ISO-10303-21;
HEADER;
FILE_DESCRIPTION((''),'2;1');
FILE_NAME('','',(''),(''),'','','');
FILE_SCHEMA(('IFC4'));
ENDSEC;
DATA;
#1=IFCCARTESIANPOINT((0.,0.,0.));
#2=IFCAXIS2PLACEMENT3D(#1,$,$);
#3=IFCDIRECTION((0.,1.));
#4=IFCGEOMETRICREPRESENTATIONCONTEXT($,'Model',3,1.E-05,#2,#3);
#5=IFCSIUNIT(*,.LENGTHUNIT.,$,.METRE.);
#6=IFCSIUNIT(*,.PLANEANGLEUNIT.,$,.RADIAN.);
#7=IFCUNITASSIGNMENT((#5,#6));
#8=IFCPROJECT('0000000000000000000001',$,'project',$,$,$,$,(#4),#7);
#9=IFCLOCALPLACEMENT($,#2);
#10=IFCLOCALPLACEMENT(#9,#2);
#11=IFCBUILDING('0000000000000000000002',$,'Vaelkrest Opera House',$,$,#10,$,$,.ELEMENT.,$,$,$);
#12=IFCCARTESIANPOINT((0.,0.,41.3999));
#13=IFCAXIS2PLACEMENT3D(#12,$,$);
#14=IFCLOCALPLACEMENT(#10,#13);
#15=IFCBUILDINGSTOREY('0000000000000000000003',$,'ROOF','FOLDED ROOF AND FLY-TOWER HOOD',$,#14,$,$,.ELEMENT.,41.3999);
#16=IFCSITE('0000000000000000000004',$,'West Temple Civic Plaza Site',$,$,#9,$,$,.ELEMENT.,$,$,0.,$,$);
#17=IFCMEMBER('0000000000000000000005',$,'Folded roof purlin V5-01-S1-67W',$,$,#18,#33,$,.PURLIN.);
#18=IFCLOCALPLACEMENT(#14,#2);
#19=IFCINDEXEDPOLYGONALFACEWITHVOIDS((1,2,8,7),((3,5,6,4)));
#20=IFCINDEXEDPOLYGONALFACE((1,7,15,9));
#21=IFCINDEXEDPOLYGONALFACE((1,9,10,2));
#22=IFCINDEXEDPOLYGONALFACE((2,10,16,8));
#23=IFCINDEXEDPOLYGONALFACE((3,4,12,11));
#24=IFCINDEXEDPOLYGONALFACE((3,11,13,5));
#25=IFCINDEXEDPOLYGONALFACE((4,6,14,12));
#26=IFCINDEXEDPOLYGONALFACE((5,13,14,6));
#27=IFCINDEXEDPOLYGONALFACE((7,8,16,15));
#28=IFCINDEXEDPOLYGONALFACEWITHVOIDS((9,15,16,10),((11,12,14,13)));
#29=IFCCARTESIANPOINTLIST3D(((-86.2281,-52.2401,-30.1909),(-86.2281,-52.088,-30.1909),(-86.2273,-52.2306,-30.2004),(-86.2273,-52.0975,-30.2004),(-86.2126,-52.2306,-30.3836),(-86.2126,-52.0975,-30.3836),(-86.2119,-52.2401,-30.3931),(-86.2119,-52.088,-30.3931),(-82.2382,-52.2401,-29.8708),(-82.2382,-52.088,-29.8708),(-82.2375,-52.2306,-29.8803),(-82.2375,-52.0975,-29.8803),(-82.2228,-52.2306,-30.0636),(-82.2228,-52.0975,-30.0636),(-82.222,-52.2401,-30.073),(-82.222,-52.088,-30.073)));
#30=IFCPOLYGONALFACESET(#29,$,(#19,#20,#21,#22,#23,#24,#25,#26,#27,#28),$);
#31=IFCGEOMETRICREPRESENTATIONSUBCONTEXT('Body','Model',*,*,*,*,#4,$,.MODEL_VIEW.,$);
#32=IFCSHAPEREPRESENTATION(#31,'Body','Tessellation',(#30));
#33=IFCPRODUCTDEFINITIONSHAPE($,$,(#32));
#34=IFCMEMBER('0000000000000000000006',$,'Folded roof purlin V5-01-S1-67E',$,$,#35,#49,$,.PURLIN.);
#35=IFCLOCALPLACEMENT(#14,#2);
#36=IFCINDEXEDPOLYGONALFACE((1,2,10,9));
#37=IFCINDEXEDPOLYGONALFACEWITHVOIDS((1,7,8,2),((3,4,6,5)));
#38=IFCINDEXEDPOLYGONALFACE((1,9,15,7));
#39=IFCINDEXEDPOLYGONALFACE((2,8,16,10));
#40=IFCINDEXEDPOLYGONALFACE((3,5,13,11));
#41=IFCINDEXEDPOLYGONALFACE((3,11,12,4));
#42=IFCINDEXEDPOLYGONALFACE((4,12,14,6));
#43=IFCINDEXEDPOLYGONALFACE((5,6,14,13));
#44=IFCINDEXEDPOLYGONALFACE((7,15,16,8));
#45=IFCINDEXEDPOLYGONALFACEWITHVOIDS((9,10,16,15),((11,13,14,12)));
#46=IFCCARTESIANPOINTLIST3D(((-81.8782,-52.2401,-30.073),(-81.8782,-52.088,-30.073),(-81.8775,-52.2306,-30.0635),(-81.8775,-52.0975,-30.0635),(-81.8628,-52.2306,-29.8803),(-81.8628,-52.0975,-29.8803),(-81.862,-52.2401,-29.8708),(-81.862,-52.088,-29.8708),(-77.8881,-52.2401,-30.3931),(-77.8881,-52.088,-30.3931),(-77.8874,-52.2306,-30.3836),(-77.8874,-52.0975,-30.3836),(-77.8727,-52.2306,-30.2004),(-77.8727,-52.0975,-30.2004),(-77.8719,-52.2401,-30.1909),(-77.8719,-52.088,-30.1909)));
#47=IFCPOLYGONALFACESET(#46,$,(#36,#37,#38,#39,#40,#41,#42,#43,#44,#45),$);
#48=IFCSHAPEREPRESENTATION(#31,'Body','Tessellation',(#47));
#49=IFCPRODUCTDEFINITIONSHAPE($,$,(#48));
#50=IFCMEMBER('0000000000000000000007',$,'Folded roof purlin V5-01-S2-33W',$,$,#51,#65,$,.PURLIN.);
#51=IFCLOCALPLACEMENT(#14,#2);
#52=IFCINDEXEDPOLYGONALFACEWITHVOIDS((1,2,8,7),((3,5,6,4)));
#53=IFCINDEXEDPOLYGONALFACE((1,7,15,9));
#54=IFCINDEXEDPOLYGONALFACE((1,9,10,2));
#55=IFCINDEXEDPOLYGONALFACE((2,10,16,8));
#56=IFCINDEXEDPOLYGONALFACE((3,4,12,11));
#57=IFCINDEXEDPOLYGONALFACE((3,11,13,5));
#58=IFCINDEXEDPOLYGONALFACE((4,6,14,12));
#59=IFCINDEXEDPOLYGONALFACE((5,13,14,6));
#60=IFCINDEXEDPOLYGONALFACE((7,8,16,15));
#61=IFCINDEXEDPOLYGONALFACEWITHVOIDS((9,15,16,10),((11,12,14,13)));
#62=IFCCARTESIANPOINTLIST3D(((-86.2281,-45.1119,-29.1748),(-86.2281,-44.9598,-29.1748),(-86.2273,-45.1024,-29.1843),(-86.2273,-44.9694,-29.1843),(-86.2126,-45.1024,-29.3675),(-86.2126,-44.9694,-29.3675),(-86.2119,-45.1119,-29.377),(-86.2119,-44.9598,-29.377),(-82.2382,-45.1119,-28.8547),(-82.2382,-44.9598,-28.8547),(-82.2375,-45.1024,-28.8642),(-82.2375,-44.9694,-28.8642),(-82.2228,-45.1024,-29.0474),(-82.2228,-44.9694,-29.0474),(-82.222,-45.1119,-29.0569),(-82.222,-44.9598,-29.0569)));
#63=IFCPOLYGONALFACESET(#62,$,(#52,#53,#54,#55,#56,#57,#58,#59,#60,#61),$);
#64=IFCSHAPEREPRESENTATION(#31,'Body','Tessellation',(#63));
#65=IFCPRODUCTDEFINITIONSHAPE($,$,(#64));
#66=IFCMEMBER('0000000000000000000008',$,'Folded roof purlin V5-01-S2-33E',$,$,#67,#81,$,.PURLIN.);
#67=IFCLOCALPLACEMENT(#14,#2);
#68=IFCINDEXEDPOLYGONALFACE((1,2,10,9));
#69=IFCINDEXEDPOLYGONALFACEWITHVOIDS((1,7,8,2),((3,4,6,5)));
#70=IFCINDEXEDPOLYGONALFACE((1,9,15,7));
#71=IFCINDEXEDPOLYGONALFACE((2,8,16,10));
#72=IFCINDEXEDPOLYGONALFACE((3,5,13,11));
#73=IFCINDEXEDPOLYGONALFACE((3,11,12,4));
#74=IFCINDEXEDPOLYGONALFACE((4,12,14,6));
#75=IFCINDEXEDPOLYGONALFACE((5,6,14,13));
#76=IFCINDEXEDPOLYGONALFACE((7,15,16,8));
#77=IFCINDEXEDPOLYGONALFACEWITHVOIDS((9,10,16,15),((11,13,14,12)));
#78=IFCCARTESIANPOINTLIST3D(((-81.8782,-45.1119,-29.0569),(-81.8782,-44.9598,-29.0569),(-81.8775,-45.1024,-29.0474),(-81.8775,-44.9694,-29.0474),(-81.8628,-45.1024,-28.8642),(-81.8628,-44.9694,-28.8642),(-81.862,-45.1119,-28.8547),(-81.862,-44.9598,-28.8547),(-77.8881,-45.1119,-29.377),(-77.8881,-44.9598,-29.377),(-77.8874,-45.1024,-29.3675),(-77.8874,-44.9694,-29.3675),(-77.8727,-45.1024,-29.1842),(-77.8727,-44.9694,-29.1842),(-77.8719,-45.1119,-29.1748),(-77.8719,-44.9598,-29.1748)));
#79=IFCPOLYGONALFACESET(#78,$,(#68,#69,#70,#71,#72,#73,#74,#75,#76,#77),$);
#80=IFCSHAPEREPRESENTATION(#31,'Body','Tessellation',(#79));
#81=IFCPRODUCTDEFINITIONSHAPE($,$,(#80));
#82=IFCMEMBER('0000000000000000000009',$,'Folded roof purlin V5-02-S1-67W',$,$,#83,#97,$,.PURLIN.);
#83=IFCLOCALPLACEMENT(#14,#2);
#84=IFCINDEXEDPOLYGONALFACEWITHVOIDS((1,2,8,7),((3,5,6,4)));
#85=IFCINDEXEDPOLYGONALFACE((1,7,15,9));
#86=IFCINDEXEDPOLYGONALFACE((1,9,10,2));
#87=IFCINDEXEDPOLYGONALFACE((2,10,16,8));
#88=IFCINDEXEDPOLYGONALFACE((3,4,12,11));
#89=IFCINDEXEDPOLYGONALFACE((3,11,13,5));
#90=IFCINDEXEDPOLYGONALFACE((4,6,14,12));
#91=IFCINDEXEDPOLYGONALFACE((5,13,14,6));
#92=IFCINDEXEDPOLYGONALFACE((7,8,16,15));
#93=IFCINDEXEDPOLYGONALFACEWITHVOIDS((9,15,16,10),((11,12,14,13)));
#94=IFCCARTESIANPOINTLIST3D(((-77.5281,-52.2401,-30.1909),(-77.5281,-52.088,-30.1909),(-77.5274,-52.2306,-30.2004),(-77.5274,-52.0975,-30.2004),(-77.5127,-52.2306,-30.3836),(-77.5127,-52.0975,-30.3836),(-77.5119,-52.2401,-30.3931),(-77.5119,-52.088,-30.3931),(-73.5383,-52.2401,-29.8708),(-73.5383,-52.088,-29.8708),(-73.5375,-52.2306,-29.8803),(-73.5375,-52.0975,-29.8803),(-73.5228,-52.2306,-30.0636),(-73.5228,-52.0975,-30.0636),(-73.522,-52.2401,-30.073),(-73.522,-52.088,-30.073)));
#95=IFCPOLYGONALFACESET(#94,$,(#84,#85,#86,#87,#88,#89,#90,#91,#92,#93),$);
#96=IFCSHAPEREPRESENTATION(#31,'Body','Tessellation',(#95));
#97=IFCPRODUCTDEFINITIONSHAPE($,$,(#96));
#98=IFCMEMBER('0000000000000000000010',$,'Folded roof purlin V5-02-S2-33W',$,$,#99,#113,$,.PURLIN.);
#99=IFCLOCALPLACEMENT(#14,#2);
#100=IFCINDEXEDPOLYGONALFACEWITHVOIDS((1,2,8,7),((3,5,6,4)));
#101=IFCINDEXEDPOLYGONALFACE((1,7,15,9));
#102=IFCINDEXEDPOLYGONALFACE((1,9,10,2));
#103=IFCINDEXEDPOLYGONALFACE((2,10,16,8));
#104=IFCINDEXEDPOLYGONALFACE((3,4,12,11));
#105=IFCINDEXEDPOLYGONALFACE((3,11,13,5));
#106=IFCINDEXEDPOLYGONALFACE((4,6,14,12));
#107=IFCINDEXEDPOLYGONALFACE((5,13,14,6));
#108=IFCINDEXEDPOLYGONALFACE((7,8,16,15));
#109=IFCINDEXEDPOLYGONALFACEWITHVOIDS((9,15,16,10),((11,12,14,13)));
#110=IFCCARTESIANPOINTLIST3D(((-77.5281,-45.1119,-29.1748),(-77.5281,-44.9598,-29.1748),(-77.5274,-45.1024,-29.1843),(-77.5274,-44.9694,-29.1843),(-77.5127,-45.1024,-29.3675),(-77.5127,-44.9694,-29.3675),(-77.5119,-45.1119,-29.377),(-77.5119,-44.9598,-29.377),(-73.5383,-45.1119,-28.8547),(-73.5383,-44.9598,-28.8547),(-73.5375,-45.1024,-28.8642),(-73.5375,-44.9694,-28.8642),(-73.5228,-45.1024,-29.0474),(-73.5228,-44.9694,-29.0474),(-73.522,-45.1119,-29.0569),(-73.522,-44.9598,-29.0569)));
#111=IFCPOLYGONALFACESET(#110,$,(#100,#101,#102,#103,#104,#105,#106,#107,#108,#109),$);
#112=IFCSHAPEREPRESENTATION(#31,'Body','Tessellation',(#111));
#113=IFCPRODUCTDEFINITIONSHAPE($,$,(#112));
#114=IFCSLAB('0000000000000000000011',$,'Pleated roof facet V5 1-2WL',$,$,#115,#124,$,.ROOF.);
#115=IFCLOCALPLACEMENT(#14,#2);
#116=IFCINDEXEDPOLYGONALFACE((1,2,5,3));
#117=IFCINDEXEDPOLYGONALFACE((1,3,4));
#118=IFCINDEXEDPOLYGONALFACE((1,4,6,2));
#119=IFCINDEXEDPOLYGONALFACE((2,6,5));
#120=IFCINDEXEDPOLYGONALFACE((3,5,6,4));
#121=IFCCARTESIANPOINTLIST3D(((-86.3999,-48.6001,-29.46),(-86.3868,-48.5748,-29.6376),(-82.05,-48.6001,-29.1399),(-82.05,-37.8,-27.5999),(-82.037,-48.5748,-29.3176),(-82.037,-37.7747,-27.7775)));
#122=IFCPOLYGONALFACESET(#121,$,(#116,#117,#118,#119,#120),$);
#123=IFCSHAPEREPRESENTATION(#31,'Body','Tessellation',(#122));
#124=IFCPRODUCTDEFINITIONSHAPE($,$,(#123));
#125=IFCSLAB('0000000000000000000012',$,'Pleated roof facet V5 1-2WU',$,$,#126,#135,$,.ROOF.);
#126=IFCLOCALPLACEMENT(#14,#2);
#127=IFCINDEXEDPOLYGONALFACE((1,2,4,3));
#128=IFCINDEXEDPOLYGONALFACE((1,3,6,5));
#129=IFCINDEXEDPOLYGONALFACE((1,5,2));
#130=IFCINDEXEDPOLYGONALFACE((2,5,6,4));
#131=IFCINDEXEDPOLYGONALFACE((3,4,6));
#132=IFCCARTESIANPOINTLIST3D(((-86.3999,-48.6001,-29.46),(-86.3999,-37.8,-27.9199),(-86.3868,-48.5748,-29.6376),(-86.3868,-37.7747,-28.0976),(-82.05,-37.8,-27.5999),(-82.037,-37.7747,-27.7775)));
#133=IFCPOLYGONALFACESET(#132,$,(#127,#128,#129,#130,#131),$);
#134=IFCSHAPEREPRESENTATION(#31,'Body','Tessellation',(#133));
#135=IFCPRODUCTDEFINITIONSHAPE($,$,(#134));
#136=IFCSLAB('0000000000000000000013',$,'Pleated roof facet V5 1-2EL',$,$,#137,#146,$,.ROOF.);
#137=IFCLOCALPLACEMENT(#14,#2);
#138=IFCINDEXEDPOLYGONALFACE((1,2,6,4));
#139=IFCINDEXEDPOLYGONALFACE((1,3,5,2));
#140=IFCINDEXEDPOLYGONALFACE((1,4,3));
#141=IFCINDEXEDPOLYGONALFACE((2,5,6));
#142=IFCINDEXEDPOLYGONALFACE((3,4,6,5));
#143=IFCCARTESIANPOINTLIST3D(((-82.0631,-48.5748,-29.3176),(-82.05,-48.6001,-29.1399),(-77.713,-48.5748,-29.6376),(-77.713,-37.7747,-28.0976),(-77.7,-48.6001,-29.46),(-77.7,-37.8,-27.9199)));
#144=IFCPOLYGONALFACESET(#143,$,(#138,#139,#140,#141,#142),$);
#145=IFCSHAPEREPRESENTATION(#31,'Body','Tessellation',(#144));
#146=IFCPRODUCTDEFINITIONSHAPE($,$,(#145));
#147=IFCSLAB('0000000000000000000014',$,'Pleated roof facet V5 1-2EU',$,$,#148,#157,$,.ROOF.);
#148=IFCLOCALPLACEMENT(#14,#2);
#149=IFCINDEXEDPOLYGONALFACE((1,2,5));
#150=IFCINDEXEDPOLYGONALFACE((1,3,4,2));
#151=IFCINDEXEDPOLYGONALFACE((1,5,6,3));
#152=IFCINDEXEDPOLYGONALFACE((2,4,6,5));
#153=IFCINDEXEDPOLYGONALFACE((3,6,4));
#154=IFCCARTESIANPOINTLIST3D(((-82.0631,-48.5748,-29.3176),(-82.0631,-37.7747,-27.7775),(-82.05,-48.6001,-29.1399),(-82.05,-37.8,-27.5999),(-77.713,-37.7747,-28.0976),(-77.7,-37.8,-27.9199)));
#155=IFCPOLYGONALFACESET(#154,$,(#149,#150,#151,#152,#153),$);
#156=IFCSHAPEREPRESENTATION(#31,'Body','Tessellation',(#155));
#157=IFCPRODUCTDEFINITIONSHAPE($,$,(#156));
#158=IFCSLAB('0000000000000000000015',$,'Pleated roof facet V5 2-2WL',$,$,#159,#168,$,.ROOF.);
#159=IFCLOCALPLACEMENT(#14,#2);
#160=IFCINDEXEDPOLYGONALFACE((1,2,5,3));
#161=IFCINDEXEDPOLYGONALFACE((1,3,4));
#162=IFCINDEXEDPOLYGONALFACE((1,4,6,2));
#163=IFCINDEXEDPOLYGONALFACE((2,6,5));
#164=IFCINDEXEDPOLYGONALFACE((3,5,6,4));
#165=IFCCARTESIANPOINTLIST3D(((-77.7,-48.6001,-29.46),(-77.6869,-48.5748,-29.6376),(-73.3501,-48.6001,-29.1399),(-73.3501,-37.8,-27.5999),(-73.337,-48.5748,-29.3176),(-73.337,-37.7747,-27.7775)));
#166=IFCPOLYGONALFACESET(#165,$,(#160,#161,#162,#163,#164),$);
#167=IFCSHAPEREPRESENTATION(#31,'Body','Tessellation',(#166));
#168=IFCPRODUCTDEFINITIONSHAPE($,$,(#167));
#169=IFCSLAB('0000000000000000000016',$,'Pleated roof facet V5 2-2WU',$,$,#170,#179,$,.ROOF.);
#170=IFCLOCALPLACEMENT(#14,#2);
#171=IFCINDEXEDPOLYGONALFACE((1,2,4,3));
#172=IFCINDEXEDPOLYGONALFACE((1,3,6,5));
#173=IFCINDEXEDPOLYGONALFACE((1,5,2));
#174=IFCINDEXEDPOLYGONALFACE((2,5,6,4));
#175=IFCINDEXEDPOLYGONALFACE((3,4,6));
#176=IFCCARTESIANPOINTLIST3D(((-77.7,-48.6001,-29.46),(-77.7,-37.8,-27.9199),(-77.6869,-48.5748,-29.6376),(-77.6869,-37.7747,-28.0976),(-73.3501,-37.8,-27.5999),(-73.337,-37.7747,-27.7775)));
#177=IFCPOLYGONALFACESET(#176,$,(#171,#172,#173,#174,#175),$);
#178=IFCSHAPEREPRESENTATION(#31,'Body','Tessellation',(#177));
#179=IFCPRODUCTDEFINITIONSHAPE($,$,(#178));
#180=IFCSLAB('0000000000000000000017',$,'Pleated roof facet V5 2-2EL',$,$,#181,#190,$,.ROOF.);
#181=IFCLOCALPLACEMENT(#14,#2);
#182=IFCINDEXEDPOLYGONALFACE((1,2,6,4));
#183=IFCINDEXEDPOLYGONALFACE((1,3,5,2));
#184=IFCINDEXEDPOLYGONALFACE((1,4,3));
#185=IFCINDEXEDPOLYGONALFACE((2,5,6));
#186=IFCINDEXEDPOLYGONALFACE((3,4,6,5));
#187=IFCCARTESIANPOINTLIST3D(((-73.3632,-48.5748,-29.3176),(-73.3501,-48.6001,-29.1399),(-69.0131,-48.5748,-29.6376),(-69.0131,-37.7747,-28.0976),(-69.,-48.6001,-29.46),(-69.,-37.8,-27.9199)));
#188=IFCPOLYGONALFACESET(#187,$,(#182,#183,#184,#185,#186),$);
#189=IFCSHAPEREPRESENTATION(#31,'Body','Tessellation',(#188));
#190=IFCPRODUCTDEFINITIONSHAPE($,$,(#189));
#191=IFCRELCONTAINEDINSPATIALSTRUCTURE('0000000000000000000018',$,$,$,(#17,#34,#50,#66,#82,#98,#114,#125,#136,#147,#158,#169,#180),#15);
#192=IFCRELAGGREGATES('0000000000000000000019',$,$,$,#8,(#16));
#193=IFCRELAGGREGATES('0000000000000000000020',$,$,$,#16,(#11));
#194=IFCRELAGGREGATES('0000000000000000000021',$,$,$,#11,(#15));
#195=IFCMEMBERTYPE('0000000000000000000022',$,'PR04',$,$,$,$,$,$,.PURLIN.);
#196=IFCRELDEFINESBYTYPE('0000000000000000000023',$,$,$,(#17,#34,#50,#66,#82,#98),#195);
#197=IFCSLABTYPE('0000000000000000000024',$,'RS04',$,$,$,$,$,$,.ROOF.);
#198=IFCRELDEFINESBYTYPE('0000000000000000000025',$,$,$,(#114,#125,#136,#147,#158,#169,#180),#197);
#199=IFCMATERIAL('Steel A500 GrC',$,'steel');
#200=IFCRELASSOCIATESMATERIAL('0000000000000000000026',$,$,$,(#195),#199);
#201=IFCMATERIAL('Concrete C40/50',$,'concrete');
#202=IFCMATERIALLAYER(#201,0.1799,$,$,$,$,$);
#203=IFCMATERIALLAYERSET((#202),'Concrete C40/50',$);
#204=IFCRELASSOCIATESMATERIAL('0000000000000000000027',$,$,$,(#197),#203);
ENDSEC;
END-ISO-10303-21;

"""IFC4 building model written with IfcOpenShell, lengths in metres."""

from ifc_helpers import new_model, si_unit, direction, frame, origin, origin_2d, place, context, subcontext, project, spatial, polyline, hollow_rectangle, outline, extrude, material, layer, layer_set, material_profile, profile_set, type_object, element, save


model = new_model("IFC4")

# Units and contexts
model_context = context("Model", 3, precision=1e-05, world=origin(), true_north=direction((0.0, 1.0)))
body_context = subcontext(model_context, "Body", "Model", "MODEL_VIEW")
ifc_project = project(units=[si_unit("LENGTHUNIT", "METRE"), si_unit("PLANEANGLEUNIT", "RADIAN")], contexts=[model_context])

# Site, building, storey
site_placement = place(None, origin())
site = spatial("IfcSite", under=ifc_project, at=site_placement, Name="West Temple Civic Plaza Site", CompositionType="ELEMENT", RefElevation=0.0)
building_placement = place(site_placement, origin())
building = spatial("IfcBuilding", under=site, at=building_placement, Name="Vaelkrest Opera House", CompositionType="ELEMENT")
storey_placement = place(building_placement, frame((0.0, 0.0, 41.3999)))
storey = spatial("IfcBuildingStorey", under=building, at=storey_placement, Name="ROOF", Description="FOLDED ROOF AND FLY-TOWER HOOD", CompositionType="ELEMENT", Elevation=41.3999)

# Members
ifc_material_1 = material(Name="Steel A500 GrC", Category="steel")
ifc_material_profile = material_profile(ifc_material_1, hollow_rectangle(XDim=0.1521, YDim=0.2029, WallThickness=0.0095, at=origin_2d()), Name="HSS203X152X9.5")
ifc_profile_set = profile_set([ifc_material_profile], Name="Steel A500 GrC")
member_type = type_object("IfcMemberType", Name="PR04", PredefinedType="PURLIN", material=ifc_profile_set)
member_1_placement = place(storey_placement, frame((-86.22, -52.1641, -30.292), z_axis=(0.996798, 0.0, 0.079961), x_axis=(0.0, 1.0, 0.0)))
element("IfcMember", 1, at=member_1_placement, inside=storey, type_object=member_type, Name="Folded roof purlin V5-01-S1-67W", PredefinedType="PURLIN", context=body_context, shape_type="SweptSolid", body=[
    extrude(hollow_rectangle(XDim=0.1521, YDim=0.2029, WallThickness=0.0095, at=origin_2d()), origin(), (0.0, 0.0, 1.0), 4.0027),
])
member_2_placement = place(storey_placement, frame((-81.8701, -52.1641, -29.9719), z_axis=(0.996798, 0.0, -0.079956), x_axis=(0.0, 1.0, 0.0)))
element("IfcMember", 2, at=member_2_placement, inside=storey, type_object=member_type, Name="Folded roof purlin V5-01-S1-67E", PredefinedType="PURLIN", context=body_context, shape_type="SweptSolid", body=[
    extrude(hollow_rectangle(XDim=0.1521, YDim=0.2029, WallThickness=0.0095, at=origin_2d()), origin(), (0.0, 0.0, 1.0), 4.0029),
])
member_3_placement = place(storey_placement, frame((-86.22, -45.0359, -29.2759), z_axis=(0.996798, 0.0, 0.079961), x_axis=(0.0, 1.0, 0.0)))
element("IfcMember", 3, at=member_3_placement, inside=storey, type_object=member_type, Name="Folded roof purlin V5-01-S2-33W", PredefinedType="PURLIN", context=body_context, shape_type="SweptSolid", body=[
    extrude(hollow_rectangle(XDim=0.1521, YDim=0.2029, WallThickness=0.0095, at=origin_2d()), origin(), (0.0, 0.0, 1.0), 4.0027),
])
member_4_placement = place(storey_placement, frame((-81.8701, -45.0359, -28.9558), z_axis=(0.996798, 0.0, -0.079956), x_axis=(0.0, 1.0, 0.0)))
element("IfcMember", 4, at=member_4_placement, inside=storey, type_object=member_type, Name="Folded roof purlin V5-01-S2-33E", PredefinedType="PURLIN", context=body_context, shape_type="SweptSolid", body=[
    extrude(hollow_rectangle(XDim=0.1521, YDim=0.2029, WallThickness=0.0095, at=origin_2d()), origin(), (0.0, 0.0, 1.0), 4.0029),
])
for number, where, z_axis, x_axis, name in (
    (5, (-77.52, -52.1641, -30.292), (0.996798, 0.0, 0.079961), (0.0, 1.0, 0.0), "Folded roof purlin V5-02-S1-67W"),
    (6, (-77.52, -45.0359, -29.2759), (0.996798, 0.0, 0.079961), (0.0, 1.0, 0.0), "Folded roof purlin V5-02-S2-33W"),
):
    element("IfcMember", number, at=place(storey_placement, frame(where, z_axis=z_axis, x_axis=x_axis)), inside=storey, type_object=member_type, Name=name, PredefinedType="PURLIN", context=body_context, shape_type="SweptSolid", body=[
        extrude(hollow_rectangle(XDim=0.1521, YDim=0.2029, WallThickness=0.0095, at=origin_2d()), origin(), (0.0, 0.0, 1.0), 4.0027),
    ])

# Slabs
ifc_material_2 = material(Name="Concrete C40/50", Category="concrete")
ifc_layer_1 = layer(ifc_material_2, 0.1799)
ifc_layer_set_1 = layer_set([ifc_layer_1], Name="Concrete C40/50")
slab_type = type_object("IfcSlabType", Name="RS04", PredefinedType="ROOF", material=ifc_layer_set_1)
slab_1_placement = place(storey_placement, frame((-86.3999, -48.6001, -29.46), z_axis=(-0.072652, -0.140795, 0.98737), x_axis=(0.997304, 0.0, 0.073383)))
element("IfcSlab", 7, at=slab_1_placement, inside=storey, type_object=slab_type, Name="Pleated roof facet V5 1-2WL", PredefinedType="ROOF", context=body_context, shape_type="SweptSolid", body=[
    extrude(outline(polyline([(0.0, 0.0), (4.3616, 0.0), (4.4746, 10.9087), (0.0, 0.0)])), origin(), (0.0, 0.0, -1.0), 0.1799),
])
slab_2_placement = place(storey_placement, frame((-86.3999, -48.6001, -29.46), z_axis=(-0.072652, -0.140795, 0.98737), x_axis=(0.36892, 0.915975, 0.15776)))
element("IfcSlab", 8, at=slab_2_placement, inside=storey, type_object=slab_type, Name="Pleated roof facet V5 1-2WU", PredefinedType="ROOF", context=body_context, shape_type="SweptSolid", body=[
    extrude(outline(polyline([(0.0, 0.0), (11.7908, 0.0), (10.1355, 4.0353), (0.0, 0.0)])), origin(), (0.0, 0.0, -1.0), 0.1799),
])
slab_3_placement = place(storey_placement, frame((-82.05, -48.6001, -29.1399), z_axis=(0.072648, -0.140795, 0.98737), x_axis=(0.997304, 0.0, -0.073379)))
element("IfcSlab", 9, at=slab_3_placement, inside=storey, type_object=slab_type, Name="Pleated roof facet V5 1-2EL", PredefinedType="ROOF", context=body_context, shape_type="SweptSolid", body=[
    extrude(outline(polyline([(0.0, 0.0), (4.3619, 0.0), (4.2489, 10.9087), (0.0, 0.0)])), origin(), (0.0, 0.0, -1.0), 0.1799),
])
slab_4_placement = place(storey_placement, frame((-82.05, -48.6001, -29.1399), z_axis=(0.072648, -0.140795, 0.98737), x_axis=(0.371582, 0.922533, 0.104209)))
element("IfcSlab", 10, at=slab_4_placement, inside=storey, type_object=slab_type, Name="Pleated roof facet V5 1-2EU", PredefinedType="ROOF", context=body_context, shape_type="SweptSolid", body=[
    extrude(outline(polyline([(0.0, 0.0), (11.707, 0.0), (10.1239, 4.0644), (0.0, 0.0)])), origin(), (0.0, 0.0, -1.0), 0.1799),
])
slab_5_placement = place(storey_placement, frame((-77.7, -48.6001, -29.46), z_axis=(-0.072652, -0.140795, 0.98737), x_axis=(0.997304, 0.0, 0.073383)))
element("IfcSlab", 11, at=slab_5_placement, inside=storey, type_object=slab_type, Name="Pleated roof facet V5 2-2WL", PredefinedType="ROOF", context=body_context, shape_type="SweptSolid", body=[
    extrude(outline(polyline([(0.0, 0.0), (4.3616, 0.0), (4.4746, 10.9087), (0.0, 0.0)])), origin(), (0.0, 0.0, -1.0), 0.1799),
])
slab_6_placement = place(storey_placement, frame((-77.7, -48.6001, -29.46), z_axis=(-0.072652, -0.140795, 0.98737), x_axis=(0.36892, 0.915975, 0.15776)))
element("IfcSlab", 12, at=slab_6_placement, inside=storey, type_object=slab_type, Name="Pleated roof facet V5 2-2WU", PredefinedType="ROOF", context=body_context, shape_type="SweptSolid", body=[
    extrude(outline(polyline([(0.0, 0.0), (11.7908, 0.0), (10.1355, 4.0353), (0.0, 0.0)])), origin(), (0.0, 0.0, -1.0), 0.1799),
])
slab_7_placement = place(storey_placement, frame((-73.3501, -48.6001, -29.1399), z_axis=(0.072648, -0.140795, 0.98737), x_axis=(0.997304, 0.0, -0.073379)))
element("IfcSlab", 13, at=slab_7_placement, inside=storey, type_object=slab_type, Name="Pleated roof facet V5 2-2EL", PredefinedType="ROOF", context=body_context, shape_type="SweptSolid", body=[
    extrude(outline(polyline([(0.0, 0.0), (4.3619, 0.0), (4.2489, 10.9087), (0.0, 0.0)])), origin(), (0.0, 0.0, -1.0), 0.1799),
])

save(model, "model.ifc")
